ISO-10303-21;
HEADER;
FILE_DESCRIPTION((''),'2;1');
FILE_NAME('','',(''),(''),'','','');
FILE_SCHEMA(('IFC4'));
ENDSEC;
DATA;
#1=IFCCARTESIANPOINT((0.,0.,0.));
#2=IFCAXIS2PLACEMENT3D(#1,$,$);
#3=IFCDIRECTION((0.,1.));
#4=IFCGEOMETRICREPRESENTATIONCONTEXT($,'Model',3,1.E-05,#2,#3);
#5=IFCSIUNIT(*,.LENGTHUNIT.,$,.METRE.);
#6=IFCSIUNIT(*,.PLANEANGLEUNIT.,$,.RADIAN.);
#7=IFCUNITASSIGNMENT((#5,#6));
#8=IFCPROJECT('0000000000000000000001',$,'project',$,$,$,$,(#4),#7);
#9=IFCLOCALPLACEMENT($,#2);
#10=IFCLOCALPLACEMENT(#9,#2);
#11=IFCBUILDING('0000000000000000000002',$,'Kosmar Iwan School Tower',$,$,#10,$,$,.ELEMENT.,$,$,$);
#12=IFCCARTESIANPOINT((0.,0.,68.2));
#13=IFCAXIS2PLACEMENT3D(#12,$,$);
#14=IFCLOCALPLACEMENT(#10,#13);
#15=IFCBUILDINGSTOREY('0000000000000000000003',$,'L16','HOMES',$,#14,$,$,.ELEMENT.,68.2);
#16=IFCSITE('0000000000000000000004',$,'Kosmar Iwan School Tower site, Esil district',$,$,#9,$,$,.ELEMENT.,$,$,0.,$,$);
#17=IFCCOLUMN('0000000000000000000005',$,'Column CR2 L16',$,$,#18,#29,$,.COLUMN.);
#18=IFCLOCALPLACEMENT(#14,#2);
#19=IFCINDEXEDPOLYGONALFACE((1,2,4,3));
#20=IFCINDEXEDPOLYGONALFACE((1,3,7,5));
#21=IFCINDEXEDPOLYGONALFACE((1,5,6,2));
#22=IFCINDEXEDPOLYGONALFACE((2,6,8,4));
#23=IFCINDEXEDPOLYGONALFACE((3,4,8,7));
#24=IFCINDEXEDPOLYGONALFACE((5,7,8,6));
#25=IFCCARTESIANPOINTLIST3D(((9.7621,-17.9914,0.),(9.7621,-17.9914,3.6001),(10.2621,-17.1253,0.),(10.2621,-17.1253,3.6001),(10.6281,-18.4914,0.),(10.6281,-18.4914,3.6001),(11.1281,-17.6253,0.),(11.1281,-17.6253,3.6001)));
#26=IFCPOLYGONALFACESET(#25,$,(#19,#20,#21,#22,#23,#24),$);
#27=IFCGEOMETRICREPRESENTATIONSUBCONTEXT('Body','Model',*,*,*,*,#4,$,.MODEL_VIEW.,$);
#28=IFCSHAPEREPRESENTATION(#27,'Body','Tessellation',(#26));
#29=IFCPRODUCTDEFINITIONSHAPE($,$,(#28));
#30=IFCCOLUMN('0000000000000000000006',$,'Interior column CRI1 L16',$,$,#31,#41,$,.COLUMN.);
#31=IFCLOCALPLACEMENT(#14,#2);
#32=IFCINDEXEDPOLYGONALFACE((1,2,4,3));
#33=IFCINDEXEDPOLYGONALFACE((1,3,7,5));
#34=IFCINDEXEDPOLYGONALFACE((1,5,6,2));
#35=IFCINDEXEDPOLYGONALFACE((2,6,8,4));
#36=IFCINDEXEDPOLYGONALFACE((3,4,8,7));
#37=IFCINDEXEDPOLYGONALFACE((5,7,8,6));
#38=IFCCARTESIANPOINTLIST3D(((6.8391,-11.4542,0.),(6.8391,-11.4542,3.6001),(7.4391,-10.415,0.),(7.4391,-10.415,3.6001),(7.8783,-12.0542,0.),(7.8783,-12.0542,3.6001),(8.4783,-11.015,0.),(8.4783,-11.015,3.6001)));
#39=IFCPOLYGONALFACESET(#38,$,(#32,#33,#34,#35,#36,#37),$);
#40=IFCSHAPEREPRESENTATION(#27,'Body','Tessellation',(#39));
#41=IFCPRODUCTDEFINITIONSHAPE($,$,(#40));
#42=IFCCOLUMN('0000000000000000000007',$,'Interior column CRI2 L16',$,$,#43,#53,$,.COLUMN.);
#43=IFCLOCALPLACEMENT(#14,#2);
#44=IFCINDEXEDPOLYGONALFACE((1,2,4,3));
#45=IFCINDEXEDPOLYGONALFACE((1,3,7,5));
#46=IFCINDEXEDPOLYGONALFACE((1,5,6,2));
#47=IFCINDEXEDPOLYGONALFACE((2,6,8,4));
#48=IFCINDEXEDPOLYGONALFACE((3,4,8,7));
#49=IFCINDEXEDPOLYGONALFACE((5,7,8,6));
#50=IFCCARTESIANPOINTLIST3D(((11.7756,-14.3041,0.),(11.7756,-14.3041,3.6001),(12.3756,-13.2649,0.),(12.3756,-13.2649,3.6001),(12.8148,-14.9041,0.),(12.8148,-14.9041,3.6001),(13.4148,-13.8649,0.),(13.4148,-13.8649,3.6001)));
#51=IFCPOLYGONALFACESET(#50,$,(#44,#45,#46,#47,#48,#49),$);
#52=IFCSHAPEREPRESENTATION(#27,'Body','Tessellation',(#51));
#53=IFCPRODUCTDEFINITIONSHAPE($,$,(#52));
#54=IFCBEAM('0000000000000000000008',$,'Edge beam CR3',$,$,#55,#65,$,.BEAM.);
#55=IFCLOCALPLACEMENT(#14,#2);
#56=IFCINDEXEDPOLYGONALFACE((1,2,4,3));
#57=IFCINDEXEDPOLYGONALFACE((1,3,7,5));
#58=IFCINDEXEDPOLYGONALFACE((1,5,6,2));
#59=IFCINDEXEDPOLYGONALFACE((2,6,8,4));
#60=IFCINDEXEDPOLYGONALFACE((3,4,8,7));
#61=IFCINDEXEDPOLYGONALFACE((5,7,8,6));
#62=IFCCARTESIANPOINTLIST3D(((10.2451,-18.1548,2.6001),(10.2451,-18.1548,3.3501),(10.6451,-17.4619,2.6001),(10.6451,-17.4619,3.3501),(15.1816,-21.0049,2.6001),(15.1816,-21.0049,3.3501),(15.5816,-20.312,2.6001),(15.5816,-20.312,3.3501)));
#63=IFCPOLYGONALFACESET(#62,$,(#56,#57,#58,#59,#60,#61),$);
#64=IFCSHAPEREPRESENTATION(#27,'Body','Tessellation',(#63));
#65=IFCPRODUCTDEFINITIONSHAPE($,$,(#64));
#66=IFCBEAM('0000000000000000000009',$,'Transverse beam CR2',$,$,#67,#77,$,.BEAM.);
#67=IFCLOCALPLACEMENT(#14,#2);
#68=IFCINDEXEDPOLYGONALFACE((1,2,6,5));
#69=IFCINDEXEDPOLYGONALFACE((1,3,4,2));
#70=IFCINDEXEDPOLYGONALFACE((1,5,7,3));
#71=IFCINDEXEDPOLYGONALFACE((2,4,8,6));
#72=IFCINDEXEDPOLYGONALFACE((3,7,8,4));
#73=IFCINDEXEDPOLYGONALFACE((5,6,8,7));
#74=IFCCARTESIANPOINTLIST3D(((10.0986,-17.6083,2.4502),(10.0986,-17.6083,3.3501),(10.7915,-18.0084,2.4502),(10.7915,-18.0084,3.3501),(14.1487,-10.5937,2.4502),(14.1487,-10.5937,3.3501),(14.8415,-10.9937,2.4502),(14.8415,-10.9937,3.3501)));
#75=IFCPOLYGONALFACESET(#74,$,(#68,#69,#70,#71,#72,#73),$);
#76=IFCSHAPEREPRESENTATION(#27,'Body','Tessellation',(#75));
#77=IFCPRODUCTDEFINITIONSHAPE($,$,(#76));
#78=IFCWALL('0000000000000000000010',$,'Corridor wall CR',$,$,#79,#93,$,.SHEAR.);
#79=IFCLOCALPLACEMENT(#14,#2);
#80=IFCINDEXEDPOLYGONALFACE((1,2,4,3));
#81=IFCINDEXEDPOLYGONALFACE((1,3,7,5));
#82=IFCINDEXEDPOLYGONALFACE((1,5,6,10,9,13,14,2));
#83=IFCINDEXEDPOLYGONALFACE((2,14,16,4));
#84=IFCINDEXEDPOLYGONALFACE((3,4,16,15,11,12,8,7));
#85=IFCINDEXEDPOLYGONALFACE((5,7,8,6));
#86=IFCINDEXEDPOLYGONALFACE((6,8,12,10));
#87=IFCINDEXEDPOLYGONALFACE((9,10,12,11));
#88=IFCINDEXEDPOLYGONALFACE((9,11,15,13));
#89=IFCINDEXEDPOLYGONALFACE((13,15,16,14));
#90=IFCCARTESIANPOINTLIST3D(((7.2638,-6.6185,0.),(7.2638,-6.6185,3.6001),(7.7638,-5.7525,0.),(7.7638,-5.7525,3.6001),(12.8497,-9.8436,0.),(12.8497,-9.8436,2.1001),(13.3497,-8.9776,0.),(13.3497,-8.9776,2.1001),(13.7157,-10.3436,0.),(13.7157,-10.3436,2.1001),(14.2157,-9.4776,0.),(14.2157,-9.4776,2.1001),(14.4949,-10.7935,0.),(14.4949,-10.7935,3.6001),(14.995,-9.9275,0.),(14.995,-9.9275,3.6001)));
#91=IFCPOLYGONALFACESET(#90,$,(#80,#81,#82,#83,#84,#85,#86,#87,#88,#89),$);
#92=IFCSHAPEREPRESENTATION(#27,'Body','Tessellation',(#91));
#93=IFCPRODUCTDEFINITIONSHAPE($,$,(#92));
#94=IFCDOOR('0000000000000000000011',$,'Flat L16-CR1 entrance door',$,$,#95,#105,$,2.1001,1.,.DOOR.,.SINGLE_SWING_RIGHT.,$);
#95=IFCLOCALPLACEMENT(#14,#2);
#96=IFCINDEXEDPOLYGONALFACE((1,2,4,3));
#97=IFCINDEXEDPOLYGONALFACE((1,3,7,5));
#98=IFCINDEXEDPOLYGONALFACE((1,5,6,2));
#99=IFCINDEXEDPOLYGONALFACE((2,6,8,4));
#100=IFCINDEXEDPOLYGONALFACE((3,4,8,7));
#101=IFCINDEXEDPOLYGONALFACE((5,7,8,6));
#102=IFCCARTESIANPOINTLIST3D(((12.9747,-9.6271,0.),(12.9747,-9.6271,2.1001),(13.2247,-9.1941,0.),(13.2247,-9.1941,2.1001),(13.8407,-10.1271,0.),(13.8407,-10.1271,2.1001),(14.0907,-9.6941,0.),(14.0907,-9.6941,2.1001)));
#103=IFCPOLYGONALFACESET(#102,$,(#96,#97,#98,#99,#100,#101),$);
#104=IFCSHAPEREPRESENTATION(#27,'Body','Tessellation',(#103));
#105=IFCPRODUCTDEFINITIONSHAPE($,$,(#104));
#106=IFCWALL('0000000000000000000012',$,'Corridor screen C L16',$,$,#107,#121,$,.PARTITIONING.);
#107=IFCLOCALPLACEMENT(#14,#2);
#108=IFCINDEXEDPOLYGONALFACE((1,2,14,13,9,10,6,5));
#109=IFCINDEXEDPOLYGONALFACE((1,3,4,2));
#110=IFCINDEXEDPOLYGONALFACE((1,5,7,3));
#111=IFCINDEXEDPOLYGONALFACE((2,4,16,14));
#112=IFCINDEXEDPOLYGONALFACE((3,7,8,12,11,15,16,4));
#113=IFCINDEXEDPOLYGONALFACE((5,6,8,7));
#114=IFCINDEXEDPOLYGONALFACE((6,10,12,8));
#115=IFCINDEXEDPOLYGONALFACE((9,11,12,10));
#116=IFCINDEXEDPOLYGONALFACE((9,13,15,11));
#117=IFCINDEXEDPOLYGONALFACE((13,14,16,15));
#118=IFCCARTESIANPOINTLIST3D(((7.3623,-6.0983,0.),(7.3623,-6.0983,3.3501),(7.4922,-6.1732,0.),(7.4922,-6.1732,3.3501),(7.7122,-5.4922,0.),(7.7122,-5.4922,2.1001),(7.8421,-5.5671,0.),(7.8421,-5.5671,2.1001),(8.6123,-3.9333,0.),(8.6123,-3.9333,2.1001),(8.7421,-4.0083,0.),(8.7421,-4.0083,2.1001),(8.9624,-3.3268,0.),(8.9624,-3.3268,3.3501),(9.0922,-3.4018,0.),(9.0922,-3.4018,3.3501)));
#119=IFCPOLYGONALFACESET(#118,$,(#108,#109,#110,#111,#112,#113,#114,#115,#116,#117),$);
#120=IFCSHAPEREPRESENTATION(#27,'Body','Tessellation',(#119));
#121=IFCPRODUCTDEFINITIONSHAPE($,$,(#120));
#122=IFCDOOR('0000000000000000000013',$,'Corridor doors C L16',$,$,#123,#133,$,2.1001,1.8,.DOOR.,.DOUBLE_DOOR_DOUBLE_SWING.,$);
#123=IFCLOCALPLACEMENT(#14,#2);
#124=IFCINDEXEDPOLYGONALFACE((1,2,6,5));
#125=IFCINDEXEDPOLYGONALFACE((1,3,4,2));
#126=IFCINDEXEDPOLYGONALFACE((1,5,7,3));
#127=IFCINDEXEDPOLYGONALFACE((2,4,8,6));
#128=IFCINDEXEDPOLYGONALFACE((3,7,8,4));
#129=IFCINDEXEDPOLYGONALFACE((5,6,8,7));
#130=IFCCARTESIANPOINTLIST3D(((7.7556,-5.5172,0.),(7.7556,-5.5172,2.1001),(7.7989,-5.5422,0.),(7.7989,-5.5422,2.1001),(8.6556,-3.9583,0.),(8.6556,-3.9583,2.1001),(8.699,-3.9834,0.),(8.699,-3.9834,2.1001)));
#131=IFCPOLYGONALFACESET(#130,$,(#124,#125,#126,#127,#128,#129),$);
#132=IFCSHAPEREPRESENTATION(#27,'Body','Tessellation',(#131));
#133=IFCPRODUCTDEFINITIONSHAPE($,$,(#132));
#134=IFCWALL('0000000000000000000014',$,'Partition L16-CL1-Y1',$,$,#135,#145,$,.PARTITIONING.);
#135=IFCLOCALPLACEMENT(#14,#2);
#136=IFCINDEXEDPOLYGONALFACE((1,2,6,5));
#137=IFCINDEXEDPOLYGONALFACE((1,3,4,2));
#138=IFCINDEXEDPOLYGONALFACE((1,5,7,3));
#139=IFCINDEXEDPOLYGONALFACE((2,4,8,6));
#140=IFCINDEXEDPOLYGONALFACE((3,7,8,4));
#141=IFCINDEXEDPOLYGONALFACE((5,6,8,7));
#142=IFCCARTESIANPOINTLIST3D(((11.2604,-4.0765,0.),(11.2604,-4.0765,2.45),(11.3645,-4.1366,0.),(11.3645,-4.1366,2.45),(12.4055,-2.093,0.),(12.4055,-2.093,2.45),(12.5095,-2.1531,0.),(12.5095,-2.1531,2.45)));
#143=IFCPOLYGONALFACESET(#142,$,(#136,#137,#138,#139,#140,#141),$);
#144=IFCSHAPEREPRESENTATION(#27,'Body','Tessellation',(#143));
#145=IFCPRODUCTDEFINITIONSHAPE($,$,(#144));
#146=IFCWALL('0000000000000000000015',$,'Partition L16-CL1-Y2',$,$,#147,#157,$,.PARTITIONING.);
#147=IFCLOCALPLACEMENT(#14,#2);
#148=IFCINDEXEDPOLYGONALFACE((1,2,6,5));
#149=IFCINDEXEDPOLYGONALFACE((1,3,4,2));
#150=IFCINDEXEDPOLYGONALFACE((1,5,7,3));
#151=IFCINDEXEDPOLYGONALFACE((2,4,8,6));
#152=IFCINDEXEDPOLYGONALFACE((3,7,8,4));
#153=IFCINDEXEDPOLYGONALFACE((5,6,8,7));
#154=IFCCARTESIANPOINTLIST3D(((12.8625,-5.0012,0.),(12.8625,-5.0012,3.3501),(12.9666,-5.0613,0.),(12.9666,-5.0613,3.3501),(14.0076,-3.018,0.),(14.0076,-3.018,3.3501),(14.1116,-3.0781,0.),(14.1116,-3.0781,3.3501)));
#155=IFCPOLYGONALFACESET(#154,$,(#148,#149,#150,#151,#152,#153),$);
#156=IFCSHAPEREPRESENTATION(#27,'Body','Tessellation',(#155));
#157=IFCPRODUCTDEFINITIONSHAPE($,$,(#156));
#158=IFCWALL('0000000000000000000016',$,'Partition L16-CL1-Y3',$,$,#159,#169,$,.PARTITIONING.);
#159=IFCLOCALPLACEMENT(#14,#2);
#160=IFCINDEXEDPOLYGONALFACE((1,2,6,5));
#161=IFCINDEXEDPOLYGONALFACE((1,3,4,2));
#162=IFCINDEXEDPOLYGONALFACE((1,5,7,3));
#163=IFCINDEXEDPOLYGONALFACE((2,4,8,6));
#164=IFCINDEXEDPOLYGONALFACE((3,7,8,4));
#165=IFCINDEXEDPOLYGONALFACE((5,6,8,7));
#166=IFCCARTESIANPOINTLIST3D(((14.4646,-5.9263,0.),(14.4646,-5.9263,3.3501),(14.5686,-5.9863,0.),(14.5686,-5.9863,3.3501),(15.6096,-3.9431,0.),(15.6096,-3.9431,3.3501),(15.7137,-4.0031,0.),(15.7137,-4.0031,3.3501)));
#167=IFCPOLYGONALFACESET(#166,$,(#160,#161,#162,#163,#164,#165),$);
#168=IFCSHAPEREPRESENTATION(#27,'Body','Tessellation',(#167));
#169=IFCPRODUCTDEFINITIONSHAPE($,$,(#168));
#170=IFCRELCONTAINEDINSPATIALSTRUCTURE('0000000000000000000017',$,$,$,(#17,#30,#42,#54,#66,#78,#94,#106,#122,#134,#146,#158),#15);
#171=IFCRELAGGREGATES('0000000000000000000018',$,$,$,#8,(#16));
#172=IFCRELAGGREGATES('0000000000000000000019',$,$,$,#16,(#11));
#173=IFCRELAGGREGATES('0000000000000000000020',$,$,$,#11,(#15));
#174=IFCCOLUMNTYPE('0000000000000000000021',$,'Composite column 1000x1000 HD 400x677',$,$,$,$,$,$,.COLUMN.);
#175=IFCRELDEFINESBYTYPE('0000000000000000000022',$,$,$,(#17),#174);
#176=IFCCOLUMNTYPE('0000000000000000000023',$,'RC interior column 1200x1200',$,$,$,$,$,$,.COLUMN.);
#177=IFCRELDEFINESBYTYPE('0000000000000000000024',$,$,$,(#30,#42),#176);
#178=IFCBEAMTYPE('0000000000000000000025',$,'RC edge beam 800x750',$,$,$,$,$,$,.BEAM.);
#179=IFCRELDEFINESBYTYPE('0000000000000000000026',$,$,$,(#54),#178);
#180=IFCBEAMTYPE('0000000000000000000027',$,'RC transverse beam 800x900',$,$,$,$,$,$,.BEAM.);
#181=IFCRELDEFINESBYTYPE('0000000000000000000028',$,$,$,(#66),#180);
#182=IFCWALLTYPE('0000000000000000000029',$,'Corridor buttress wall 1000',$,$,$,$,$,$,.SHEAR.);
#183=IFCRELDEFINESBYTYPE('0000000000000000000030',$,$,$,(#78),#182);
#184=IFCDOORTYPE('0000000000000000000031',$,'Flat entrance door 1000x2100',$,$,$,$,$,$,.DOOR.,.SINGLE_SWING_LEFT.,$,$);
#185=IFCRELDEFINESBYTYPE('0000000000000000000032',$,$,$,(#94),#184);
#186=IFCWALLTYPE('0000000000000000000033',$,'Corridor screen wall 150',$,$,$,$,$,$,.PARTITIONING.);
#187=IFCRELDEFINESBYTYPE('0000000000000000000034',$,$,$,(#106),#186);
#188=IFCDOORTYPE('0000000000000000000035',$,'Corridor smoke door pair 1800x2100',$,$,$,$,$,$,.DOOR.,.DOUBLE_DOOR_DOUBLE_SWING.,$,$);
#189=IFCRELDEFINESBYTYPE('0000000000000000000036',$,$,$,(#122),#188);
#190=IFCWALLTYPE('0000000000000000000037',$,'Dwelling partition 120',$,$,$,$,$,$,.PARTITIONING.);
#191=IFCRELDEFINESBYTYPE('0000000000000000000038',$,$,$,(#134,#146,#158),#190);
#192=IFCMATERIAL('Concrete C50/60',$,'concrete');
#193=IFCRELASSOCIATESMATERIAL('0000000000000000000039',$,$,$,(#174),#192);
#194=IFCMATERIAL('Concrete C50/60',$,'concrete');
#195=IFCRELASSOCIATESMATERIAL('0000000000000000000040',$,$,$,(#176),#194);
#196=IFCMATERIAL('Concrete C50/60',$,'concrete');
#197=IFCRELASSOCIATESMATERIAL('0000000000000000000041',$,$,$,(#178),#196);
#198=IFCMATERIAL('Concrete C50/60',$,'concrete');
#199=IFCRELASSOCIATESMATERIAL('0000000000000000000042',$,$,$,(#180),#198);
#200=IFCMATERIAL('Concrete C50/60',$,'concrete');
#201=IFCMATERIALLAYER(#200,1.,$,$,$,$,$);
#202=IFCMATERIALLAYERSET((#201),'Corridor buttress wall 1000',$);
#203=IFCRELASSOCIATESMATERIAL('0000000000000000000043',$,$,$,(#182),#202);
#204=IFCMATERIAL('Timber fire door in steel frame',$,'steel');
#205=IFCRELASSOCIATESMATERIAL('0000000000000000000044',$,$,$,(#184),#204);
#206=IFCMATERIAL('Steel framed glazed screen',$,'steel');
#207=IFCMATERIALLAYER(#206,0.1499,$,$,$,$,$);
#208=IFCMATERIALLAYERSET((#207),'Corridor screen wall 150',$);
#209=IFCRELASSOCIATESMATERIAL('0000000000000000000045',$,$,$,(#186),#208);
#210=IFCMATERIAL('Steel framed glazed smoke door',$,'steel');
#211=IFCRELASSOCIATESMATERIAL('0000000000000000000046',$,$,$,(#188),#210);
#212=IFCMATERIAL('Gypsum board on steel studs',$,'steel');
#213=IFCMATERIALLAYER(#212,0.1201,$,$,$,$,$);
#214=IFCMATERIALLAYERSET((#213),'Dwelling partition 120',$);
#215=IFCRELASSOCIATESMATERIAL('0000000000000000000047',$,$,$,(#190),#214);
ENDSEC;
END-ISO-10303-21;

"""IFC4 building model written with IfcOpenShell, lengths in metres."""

from ifc_helpers import new_model, si_unit, direction, frame, frame_2d, origin, origin_2d, place, context, subcontext, project, spatial, rectangle, extrude, material, layer, layer_set, material_profile, profile_set, type_object, element, fill, save


model = new_model("IFC4")

# Units and contexts
model_context = context("Model", 3, precision=1e-05, world=origin(), true_north=direction((0.0, 1.0)))
body_context = subcontext(model_context, "Body", "Model", "MODEL_VIEW")
ifc_project = project(units=[si_unit("LENGTHUNIT", "METRE"), si_unit("PLANEANGLEUNIT", "RADIAN")], contexts=[model_context])

# Site, building, storey
site_placement = place(None, origin())
site = spatial("IfcSite", under=ifc_project, at=site_placement, Name="Kosmar Iwan School Tower site, Esil district", CompositionType="ELEMENT", RefElevation=0.0)
building_placement = place(site_placement, origin())
building = spatial("IfcBuilding", under=site, at=building_placement, Name="Kosmar Iwan School Tower", CompositionType="ELEMENT")
storey_placement = place(building_placement, frame((0.0, 0.0, 68.2)))
storey = spatial("IfcBuildingStorey", under=building, at=storey_placement, Name="L16", Description="HOMES", CompositionType="ELEMENT", Elevation=68.2)

# Columns
ifc_material_1 = material(Name="Concrete C50/60", Category="concrete")
ifc_material_profile_1 = material_profile(ifc_material_1, rectangle(XDim=1.0, YDim=1.0, at=origin_2d()), Name="RC 1000x1000 + HD 400x677")
ifc_profile_set_1 = profile_set([ifc_material_profile_1], Name="Concrete C50/60")
column_type_1 = type_object("IfcColumnType", Name="Composite column 1000x1000 HD 400x677", PredefinedType="COLUMN", material=ifc_profile_set_1)
column_placement = place(storey_placement, frame((10.4451, -17.8083, 0.0), z_axis=(0.0, 0.0, 1.0), x_axis=(0.866025, -0.5, 0.0)))
element("IfcColumn", 1, at=column_placement, inside=storey, type_object=column_type_1, Name="Column CR2 L16", PredefinedType="COLUMN", context=body_context, shape_type="SweptSolid", body=[
    extrude(rectangle(XDim=1.0, YDim=1.0, at=origin_2d()), origin(), (0.0, 0.0, 1.0), 3.6001),
])
ifc_material_2 = material(Name="Concrete C50/60", Category="concrete")
ifc_material_profile_2 = material_profile(ifc_material_2, rectangle(XDim=1.2, YDim=1.2, at=origin_2d()), Name="RC 1200x1200")
ifc_profile_set_2 = profile_set([ifc_material_profile_2], Name="Concrete C50/60")
column_type_2 = type_object("IfcColumnType", Name="RC interior column 1200x1200", PredefinedType="COLUMN", material=ifc_profile_set_2)
for number, where, z_axis, x_axis, name in (
    (2, (7.6587, -11.2346, 0.0), (0.0, 0.0, 1.0), (0.866025, -0.5, 0.0), "Interior column CRI1 L16"),
    (3, (12.5952, -14.0845, 0.0), (0.0, 0.0, 1.0), (0.866025, -0.5, 0.0), "Interior column CRI2 L16"),
):
    element("IfcColumn", number, at=place(storey_placement, frame(where, z_axis=z_axis, x_axis=x_axis)), inside=storey, type_object=column_type_2, Name=name, PredefinedType="COLUMN", context=body_context, shape_type="SweptSolid", body=[
        extrude(rectangle(XDim=1.2, YDim=1.2, at=origin_2d()), origin(), (0.0, 0.0, 1.0), 3.6001),
    ])

# Beams
ifc_material_3 = material(Name="Concrete C50/60", Category="concrete")
ifc_material_profile_3 = material_profile(ifc_material_3, rectangle(XDim=0.8, YDim=0.75, at=origin_2d()), Name="RC 800x750")
ifc_profile_set_3 = profile_set([ifc_material_profile_3], Name="Concrete C50/60")
beam_type_1 = type_object("IfcBeamType", Name="RC edge beam 800x750", PredefinedType="BEAM", material=ifc_profile_set_3)
beam_1_placement = place(storey_placement, frame((10.4451, -17.8083, 2.9751), z_axis=(0.866026, -0.499999, 0.0), x_axis=(0.499999, 0.866026, 0.0)))
element("IfcBeam", 4, at=beam_1_placement, inside=storey, type_object=beam_type_1, Name="Edge beam CR3", PredefinedType="BEAM", context=body_context, shape_type="SweptSolid", body=[
    extrude(rectangle(XDim=0.8, YDim=0.75, at=origin_2d()), origin(), (0.0, 0.0, 1.0), 5.7002),
])
ifc_material_4 = material(Name="Concrete C50/60", Category="concrete")
ifc_material_profile_4 = material_profile(ifc_material_4, rectangle(XDim=0.8, YDim=0.8999, at=origin_2d()), Name="RC 800x900")
ifc_profile_set_4 = profile_set([ifc_material_profile_4], Name="Concrete C50/60")
beam_type_2 = type_object("IfcBeamType", Name="RC transverse beam 800x900", PredefinedType="BEAM", material=ifc_profile_set_4)
beam_2_placement = place(storey_placement, frame((10.4451, -17.8083, 2.9001), z_axis=(0.500013, 0.866018, 0.0), x_axis=(-0.866018, 0.500013, 0.0)))
element("IfcBeam", 5, at=beam_2_placement, inside=storey, type_object=beam_type_2, Name="Transverse beam CR2", PredefinedType="BEAM", context=body_context, shape_type="SweptSolid", body=[
    extrude(rectangle(XDim=0.8, YDim=0.8999, at=origin_2d()), origin(), (0.0, 0.0, 1.0), 8.0999),
])

# Walls, openings, doors
ifc_material_5 = material(Name="Concrete C50/60", Category="concrete")
ifc_layer_1 = layer(ifc_material_5, 1.0)
ifc_layer_set_1 = layer_set([ifc_layer_1], Name="Corridor buttress wall 1000")
wall_type_1 = type_object("IfcWallType", Name="Corridor buttress wall 1000", PredefinedType="SHEAR", material=ifc_layer_set_1)
wall_1_placement = place(storey_placement, frame((7.5139, -6.1855, 0.0), z_axis=(0.0, 0.0, 1.0), x_axis=(0.86602, -0.50001, 0.0)))
wall_1 = element("IfcWall", 6, at=wall_1_placement, inside=storey, type_object=wall_type_1, Name="Corridor wall CR", PredefinedType="SHEAR", context=body_context, shape_type="SweptSolid", body=[
    extrude(rectangle(XDim=8.3499, YDim=1.0, at=frame_2d((4.1748, 0.0))), origin(), (0.0, 0.0, 1.0), 3.6001),
])
opening_1_placement = place(wall_1_placement, frame((6.45, 0.0, 0.0)))
opening_1 = element("IfcOpeningElement", 7, at=opening_1_placement, cuts=wall_1, PredefinedType="OPENING", context=body_context, shape_type="SweptSolid", body=[
    extrude(rectangle(XDim=1.0, YDim=2.1001, at=frame_2d((0.5, 1.05))), frame((0.0, 0.512, 0.0), z_axis=(0.0, -1.0, 0.0), x_axis=(1.0, 0.0, 0.0)), (0.0, 0.0, 1.0), 1.0239),
])
ifc_material_6 = material(Name="Timber fire door in steel frame", Category="steel")
door_type_1 = type_object("IfcDoorType", Name="Flat entrance door 1000x2100", OperationType="SINGLE_SWING_LEFT", PredefinedType="DOOR", material=ifc_material_6)
door_1_placement = place(opening_1_placement, origin())
door_1 = element("IfcDoor", 8, at=door_1_placement, inside=storey, type_object=door_type_1, Name="Flat L16-CR1 entrance door", OperationType="SINGLE_SWING_RIGHT", OverallHeight=2.1001, OverallWidth=1.0, PredefinedType="DOOR", context=body_context, shape_type="SweptSolid", body=[
    extrude(rectangle(XDim=1.0, YDim=2.1001, at=frame_2d((0.5, 1.05))), frame((0.0, 0.25, 0.0), z_axis=(0.0, -1.0, 0.0), x_axis=(1.0, 0.0, 0.0)), (0.0, 0.0, 1.0), 0.5),
])
fill(opening_1, door_1)
ifc_material_7 = material(Name="Steel framed glazed screen", Category="steel")
ifc_layer_2 = layer(ifc_material_7, 0.1499)
ifc_layer_set_2 = layer_set([ifc_layer_2], Name="Corridor screen wall 150")
wall_type_2 = type_object("IfcWallType", Name="Corridor screen wall 150", PredefinedType="PARTITIONING", material=ifc_layer_set_2)
wall_2_placement = place(storey_placement, frame((7.4272, -6.1357, 0.0), z_axis=(0.0, 0.0, 1.0), x_axis=(0.499995, 0.866028, 0.0)))
wall_2 = element("IfcWall", 9, at=wall_2_placement, inside=storey, type_object=wall_type_2, Name="Corridor screen C L16", PredefinedType="PARTITIONING", context=body_context, shape_type="SweptSolid", body=[
    extrude(rectangle(XDim=3.2002, YDim=0.1499, at=frame_2d((1.6001, 0.0))), origin(), (0.0, 0.0, 1.0), 3.3501),
])
opening_2_placement = place(wall_2_placement, frame((0.7, 0.0, 0.0)))
opening_2 = element("IfcOpeningElement", 10, at=opening_2_placement, cuts=wall_2, PredefinedType="OPENING", context=body_context, shape_type="SweptSolid", body=[
    extrude(rectangle(XDim=1.8, YDim=2.1001, at=frame_2d((0.8999, 1.05))), frame((0.0, 0.0869, 0.0), z_axis=(0.0, -1.0, 0.0), x_axis=(1.0, 0.0, 0.0)), (0.0, 0.0, 1.0), 0.1738),
])
ifc_material_8 = material(Name="Steel framed glazed smoke door", Category="steel")
door_type_2 = type_object("IfcDoorType", Name="Corridor smoke door pair 1800x2100", OperationType="DOUBLE_DOOR_DOUBLE_SWING", PredefinedType="DOOR", material=ifc_material_8)
door_2_placement = place(opening_2_placement, origin())
door_2 = element("IfcDoor", 11, at=door_2_placement, inside=storey, type_object=door_type_2, Name="Corridor doors C L16", OperationType="DOUBLE_DOOR_DOUBLE_SWING", OverallHeight=2.1001, OverallWidth=1.8, PredefinedType="DOOR", context=body_context, shape_type="SweptSolid", body=[
    extrude(rectangle(XDim=1.8, YDim=2.1001, at=frame_2d((0.8999, 1.05))), frame((0.0, 0.0249, 0.0), z_axis=(0.0, -1.0, 0.0), x_axis=(1.0, 0.0, 0.0)), (0.0, 0.0, 1.0), 0.05),
])
fill(opening_2, door_2)

# Walls
ifc_material_9 = material(Name="Gypsum board on steel studs", Category="steel")
ifc_layer_3 = layer(ifc_material_9, 0.1201)
ifc_layer_set_3 = layer_set([ifc_layer_3], Name="Dwelling partition 120")
wall_type_3 = type_object("IfcWallType", Name="Dwelling partition 120", PredefinedType="PARTITIONING", material=ifc_layer_set_3)
wall_3_placement = place(storey_placement, frame((11.3125, -4.1064, 0.0), z_axis=(0.0, 0.0, 1.0), x_axis=(0.499969, 0.866044, 0.0)))
element("IfcWall", 12, at=wall_3_placement, inside=storey, type_object=wall_type_3, Name="Partition L16-CL1-Y1", PredefinedType="PARTITIONING", context=body_context, shape_type="SweptSolid", body=[
    extrude(rectangle(XDim=2.2903, YDim=0.1201, at=frame_2d((1.145, 0.0))), origin(), (0.0, 0.0, 1.0), 2.45),
])
for number, where, z_axis, x_axis, name in (
    (13, (12.9146, -5.0312, 0.0), (0.0, 0.0, 1.0), (0.500015, 0.866017, 0.0), "Partition L16-CL1-Y2"),
    (14, (14.5166, -5.9563, 0.0), (0.0, 0.0, 1.0), (0.500015, 0.866017, 0.0), "Partition L16-CL1-Y3"),
):
    element("IfcWall", number, at=place(storey_placement, frame(where, z_axis=z_axis, x_axis=x_axis)), inside=storey, type_object=wall_type_3, Name=name, PredefinedType="PARTITIONING", context=body_context, shape_type="SweptSolid", body=[
        extrude(rectangle(XDim=2.29, YDim=0.1201, at=frame_2d((1.145, 0.0))), origin(), (0.0, 0.0, 1.0), 3.3501),
    ])

save(model, "model.ifc")
